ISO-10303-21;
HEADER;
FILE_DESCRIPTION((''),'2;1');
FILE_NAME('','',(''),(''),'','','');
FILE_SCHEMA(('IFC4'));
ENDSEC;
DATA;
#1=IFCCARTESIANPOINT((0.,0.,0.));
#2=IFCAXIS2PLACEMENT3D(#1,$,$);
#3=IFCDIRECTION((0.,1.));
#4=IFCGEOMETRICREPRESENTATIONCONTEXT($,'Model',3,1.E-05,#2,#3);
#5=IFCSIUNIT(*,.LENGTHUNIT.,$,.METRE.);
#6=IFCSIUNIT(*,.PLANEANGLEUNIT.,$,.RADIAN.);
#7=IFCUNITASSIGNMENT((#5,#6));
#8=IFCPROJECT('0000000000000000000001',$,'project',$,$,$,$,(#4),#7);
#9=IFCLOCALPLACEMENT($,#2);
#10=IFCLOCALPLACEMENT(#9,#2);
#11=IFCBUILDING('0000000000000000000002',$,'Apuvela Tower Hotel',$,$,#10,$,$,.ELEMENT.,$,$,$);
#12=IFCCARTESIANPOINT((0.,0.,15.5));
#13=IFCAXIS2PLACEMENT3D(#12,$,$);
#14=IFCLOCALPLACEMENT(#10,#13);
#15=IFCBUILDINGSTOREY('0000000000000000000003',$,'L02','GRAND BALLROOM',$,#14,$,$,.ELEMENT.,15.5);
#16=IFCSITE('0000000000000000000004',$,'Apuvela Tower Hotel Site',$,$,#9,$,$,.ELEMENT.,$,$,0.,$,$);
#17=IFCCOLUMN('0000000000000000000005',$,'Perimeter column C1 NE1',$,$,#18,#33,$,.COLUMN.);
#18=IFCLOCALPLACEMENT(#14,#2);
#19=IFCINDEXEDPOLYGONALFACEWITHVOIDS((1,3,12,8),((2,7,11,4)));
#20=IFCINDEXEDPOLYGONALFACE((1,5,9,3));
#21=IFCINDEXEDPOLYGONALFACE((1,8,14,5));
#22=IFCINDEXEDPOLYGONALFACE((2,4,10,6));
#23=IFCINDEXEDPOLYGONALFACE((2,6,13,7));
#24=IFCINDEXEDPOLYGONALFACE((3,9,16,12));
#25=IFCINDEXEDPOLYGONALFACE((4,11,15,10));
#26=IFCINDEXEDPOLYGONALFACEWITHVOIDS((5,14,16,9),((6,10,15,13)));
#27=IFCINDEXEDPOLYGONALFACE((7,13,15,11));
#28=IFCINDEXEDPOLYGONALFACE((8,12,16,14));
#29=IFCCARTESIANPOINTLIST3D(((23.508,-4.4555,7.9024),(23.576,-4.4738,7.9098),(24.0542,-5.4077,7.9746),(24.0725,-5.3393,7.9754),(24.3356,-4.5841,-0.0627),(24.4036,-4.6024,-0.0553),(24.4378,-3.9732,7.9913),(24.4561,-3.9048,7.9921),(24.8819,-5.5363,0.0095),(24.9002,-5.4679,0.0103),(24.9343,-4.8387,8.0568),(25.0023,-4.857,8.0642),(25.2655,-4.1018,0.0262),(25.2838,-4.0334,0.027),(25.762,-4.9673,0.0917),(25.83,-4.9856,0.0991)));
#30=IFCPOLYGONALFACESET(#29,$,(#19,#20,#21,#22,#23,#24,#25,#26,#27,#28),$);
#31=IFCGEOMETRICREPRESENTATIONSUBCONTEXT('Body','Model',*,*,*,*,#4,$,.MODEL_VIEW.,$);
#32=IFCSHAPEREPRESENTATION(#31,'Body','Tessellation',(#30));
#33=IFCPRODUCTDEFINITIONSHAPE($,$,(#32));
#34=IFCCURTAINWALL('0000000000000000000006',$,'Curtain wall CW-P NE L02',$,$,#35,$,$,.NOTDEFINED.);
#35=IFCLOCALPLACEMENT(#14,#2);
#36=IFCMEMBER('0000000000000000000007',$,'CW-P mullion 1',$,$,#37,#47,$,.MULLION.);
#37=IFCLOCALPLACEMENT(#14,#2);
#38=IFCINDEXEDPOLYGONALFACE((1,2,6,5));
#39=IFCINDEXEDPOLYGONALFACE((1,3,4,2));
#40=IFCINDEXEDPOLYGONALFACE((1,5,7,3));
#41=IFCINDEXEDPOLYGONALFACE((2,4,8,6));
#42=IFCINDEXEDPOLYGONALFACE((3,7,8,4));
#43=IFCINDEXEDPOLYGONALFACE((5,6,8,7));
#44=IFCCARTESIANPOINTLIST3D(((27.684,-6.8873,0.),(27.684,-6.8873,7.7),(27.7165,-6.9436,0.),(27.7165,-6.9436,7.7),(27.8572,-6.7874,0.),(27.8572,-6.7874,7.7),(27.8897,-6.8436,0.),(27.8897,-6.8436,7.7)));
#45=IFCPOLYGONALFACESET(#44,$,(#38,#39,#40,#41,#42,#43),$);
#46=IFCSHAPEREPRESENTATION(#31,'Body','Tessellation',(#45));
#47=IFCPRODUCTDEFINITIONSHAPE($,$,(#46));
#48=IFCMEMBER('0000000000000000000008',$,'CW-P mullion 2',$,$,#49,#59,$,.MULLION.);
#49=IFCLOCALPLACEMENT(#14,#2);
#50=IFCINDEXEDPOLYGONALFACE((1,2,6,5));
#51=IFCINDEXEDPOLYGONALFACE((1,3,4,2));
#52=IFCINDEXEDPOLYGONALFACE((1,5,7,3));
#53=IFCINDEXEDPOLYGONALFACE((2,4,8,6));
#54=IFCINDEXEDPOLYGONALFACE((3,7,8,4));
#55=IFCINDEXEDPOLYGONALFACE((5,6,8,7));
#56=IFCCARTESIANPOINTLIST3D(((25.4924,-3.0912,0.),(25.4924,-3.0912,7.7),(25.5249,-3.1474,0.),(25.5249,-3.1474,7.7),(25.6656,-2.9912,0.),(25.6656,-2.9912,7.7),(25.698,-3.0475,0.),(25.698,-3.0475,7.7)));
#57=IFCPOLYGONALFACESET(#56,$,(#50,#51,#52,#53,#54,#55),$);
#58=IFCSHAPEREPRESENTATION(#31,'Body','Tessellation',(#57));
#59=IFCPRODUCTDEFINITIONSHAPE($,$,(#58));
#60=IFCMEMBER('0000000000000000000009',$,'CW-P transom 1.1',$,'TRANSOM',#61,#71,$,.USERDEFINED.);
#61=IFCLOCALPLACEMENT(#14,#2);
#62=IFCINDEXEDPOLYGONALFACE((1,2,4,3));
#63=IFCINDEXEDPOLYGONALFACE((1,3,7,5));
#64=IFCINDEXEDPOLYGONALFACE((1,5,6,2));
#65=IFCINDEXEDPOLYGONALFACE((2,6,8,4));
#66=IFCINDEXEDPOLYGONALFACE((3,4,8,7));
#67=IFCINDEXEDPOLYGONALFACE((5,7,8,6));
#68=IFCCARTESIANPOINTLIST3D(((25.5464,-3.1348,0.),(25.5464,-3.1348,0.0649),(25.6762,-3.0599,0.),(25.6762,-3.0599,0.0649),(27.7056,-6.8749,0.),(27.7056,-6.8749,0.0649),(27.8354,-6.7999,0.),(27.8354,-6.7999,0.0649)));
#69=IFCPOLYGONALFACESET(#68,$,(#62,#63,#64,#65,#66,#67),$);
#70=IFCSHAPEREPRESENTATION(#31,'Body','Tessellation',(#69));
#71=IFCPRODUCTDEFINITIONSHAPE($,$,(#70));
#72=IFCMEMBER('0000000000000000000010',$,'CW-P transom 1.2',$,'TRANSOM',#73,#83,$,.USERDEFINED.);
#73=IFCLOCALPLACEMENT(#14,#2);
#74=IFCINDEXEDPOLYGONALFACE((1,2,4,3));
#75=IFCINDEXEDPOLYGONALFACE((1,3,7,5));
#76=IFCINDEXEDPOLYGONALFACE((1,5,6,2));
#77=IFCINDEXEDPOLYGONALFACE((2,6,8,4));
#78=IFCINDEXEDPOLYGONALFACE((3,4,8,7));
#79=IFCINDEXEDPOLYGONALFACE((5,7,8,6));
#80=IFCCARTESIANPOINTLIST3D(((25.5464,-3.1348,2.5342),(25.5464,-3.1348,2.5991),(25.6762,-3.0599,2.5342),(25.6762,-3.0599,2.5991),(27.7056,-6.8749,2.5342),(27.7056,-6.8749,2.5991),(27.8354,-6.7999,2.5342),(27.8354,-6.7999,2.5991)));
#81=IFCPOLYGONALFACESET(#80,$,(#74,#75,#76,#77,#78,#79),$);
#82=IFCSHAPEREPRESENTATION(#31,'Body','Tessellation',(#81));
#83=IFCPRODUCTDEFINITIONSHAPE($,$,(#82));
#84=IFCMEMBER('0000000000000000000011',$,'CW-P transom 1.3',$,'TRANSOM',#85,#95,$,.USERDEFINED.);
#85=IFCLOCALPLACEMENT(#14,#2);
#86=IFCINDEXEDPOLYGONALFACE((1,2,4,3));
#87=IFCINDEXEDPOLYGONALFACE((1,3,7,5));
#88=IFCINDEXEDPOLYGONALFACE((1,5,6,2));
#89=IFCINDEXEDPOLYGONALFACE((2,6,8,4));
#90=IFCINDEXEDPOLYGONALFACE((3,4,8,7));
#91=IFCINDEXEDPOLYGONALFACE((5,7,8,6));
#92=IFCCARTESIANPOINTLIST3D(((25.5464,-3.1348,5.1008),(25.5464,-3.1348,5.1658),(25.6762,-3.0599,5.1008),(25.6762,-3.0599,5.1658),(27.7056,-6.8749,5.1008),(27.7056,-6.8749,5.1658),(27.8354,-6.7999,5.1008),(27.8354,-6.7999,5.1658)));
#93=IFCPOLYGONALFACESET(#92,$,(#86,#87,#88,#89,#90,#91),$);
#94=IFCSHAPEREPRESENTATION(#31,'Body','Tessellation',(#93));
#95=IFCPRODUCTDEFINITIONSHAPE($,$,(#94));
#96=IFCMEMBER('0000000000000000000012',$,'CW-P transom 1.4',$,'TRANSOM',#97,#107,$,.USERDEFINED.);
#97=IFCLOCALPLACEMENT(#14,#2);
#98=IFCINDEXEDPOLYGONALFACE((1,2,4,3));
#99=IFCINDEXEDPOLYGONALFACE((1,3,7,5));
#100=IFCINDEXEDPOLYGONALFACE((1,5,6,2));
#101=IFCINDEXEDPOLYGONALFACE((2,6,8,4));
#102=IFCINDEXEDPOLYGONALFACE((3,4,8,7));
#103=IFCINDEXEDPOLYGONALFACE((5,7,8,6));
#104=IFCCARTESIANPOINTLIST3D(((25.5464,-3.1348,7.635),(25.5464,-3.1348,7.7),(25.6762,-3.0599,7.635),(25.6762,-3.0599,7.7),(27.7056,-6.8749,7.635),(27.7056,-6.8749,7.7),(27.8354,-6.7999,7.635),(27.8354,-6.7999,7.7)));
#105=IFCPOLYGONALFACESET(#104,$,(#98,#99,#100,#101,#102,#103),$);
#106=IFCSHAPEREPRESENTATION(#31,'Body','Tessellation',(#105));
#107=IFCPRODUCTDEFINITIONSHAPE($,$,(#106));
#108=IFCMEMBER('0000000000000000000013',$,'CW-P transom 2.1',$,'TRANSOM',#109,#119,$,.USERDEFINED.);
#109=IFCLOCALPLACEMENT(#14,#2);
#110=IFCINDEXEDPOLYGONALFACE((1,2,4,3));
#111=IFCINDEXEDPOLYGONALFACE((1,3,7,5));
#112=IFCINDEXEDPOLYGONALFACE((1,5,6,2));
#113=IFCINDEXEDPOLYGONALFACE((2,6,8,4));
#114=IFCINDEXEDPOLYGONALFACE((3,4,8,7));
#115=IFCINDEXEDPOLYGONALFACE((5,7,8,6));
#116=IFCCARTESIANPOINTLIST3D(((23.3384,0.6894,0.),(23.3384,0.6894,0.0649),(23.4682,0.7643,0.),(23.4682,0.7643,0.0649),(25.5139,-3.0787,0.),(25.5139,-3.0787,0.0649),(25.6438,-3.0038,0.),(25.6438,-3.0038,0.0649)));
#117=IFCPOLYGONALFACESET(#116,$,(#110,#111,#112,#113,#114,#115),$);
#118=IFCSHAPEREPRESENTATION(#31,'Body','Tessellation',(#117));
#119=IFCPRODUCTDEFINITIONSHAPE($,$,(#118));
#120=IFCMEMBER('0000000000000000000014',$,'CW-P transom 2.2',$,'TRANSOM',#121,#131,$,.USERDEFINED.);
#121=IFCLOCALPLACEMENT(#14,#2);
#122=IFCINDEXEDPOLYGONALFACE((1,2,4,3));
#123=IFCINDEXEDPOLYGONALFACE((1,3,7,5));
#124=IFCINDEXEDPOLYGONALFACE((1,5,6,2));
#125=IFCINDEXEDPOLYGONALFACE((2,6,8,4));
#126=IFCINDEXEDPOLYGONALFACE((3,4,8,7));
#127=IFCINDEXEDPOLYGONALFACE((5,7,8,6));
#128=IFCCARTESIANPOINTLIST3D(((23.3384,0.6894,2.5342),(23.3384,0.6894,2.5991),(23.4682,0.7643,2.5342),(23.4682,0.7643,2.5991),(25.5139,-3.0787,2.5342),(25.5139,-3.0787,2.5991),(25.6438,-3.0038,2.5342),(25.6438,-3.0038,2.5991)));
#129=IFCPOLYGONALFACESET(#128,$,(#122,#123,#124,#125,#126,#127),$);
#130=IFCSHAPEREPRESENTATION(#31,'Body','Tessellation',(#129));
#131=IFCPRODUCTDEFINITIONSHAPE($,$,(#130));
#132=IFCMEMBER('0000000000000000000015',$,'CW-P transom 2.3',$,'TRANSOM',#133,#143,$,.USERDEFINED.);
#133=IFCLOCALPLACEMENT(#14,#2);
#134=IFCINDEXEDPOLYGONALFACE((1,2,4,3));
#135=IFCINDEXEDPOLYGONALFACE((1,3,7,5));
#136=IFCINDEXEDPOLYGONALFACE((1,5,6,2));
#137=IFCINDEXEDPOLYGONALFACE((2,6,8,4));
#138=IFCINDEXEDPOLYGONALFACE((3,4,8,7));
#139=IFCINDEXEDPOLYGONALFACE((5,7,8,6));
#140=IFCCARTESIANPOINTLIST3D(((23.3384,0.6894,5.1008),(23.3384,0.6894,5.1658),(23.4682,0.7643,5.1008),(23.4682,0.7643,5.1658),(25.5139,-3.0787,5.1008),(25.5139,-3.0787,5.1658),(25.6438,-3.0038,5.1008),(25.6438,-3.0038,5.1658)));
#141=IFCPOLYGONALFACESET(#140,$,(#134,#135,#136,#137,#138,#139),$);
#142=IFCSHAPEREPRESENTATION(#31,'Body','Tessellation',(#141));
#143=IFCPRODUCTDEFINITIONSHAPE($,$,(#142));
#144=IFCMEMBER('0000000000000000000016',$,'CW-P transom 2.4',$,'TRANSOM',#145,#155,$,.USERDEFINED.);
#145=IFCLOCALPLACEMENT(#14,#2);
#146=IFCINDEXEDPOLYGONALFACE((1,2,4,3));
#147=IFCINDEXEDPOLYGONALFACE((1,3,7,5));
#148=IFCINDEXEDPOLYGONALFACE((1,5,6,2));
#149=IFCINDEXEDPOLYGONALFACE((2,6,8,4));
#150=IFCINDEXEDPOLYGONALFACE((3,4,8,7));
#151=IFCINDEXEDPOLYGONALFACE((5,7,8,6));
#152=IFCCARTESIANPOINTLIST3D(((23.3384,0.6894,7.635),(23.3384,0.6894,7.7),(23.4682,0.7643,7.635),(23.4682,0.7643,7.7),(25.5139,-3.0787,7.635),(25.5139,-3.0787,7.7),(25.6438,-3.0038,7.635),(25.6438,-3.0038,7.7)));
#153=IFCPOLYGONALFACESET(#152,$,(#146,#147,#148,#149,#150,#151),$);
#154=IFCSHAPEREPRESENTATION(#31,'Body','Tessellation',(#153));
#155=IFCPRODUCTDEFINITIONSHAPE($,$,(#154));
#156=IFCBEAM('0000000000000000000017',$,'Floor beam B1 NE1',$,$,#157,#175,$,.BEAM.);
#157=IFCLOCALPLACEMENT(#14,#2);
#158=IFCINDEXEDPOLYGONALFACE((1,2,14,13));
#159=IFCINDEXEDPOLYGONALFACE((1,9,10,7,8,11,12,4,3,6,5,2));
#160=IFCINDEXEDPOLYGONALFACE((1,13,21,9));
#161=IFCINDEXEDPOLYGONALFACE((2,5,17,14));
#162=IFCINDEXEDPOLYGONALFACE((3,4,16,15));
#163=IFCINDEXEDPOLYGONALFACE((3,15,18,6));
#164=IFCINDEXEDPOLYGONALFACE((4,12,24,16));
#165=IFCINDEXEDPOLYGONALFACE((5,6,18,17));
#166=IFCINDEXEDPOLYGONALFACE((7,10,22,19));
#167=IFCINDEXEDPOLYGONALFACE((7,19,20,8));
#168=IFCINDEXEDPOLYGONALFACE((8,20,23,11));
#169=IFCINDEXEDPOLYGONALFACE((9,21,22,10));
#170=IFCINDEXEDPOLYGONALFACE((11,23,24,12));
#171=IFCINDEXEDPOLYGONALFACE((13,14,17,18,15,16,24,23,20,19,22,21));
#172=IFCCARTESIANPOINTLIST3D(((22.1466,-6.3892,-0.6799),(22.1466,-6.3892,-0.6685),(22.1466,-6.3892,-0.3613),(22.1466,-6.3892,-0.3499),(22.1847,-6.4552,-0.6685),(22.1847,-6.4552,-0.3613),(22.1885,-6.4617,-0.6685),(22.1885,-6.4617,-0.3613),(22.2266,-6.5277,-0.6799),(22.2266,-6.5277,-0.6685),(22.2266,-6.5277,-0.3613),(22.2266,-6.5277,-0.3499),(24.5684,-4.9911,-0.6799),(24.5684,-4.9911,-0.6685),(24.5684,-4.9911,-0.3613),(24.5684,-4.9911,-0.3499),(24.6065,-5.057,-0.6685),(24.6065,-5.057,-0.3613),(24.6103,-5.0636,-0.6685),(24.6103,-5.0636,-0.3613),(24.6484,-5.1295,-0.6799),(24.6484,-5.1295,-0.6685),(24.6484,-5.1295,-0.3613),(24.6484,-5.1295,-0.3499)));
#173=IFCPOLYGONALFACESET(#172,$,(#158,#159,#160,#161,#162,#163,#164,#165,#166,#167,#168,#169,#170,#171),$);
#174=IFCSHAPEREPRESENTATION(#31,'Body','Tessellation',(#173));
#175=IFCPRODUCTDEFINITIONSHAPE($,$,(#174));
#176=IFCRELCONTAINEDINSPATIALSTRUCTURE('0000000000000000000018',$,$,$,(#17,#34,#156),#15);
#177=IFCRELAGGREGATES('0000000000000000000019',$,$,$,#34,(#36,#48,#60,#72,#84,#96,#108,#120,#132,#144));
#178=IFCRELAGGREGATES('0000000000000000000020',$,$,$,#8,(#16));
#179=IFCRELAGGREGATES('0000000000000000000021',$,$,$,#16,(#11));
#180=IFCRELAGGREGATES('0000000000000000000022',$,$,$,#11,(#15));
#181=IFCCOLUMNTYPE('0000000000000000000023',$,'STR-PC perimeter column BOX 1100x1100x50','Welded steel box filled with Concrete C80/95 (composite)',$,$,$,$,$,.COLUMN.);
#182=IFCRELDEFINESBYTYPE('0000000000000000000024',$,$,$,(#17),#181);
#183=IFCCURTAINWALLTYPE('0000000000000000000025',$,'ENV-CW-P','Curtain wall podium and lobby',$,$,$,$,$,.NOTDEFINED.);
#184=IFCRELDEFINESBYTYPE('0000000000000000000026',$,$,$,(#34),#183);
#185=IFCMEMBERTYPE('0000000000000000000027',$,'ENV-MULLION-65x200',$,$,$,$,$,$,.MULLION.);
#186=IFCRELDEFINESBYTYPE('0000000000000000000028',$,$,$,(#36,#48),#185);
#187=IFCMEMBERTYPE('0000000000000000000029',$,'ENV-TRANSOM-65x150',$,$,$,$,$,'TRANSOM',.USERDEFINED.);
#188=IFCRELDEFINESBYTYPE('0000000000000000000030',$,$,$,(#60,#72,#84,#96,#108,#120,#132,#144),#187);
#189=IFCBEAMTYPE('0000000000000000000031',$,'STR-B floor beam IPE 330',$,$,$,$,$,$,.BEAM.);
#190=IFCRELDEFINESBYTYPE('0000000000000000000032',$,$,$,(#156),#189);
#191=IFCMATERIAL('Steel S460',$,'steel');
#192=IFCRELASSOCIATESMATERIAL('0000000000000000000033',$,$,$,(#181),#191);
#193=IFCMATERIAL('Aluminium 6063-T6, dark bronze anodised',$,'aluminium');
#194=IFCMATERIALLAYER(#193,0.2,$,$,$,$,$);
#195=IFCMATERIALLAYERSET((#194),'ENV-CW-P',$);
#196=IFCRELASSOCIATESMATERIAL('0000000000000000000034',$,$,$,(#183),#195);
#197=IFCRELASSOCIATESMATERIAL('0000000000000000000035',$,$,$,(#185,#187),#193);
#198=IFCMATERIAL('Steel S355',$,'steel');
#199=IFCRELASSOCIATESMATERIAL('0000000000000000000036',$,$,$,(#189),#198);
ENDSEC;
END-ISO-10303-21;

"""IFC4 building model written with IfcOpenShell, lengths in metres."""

from ifc_helpers import new_model, si_unit, direction, frame, origin, origin_2d, place, context, subcontext, project, spatial, rectangle, hollow_rectangle, i_section, extrude, boolean, halfspace, material, layer, layer_set, material_profile, profile_set, type_object, element, aggregate, save


model = new_model("IFC4")

# Units and contexts
model_context = context("Model", 3, precision=1e-05, world=origin(), true_north=direction((0.0, 1.0)))
body_context = subcontext(model_context, "Body", "Model", "MODEL_VIEW")
ifc_project = project(units=[si_unit("LENGTHUNIT", "METRE"), si_unit("PLANEANGLEUNIT", "RADIAN")], contexts=[model_context])

# Site, building, storey
site_placement = place(None, origin())
site = spatial("IfcSite", under=ifc_project, at=site_placement, Name="Apuvela Tower Hotel Site", CompositionType="ELEMENT", RefElevation=0.0)
building_placement = place(site_placement, origin())
building = spatial("IfcBuilding", under=site, at=building_placement, Name="Apuvela Tower Hotel", CompositionType="ELEMENT")
storey_placement = place(building_placement, frame((0.0, 0.0, 15.5)))
storey = spatial("IfcBuildingStorey", under=building, at=storey_placement, Name="L02", Description="GRAND BALLROOM", CompositionType="ELEMENT", Elevation=15.5)

# Column
ifc_material_1 = material(Name="Steel S460", Category="steel")
ifc_material_profile_1 = material_profile(ifc_material_1, hollow_rectangle(XDim=1.1001, YDim=1.1001, WallThickness=0.05, at=origin_2d()), Name="BOX 1100x1100x50")
ifc_material_2 = material(Name="Concrete C80/95", Category="concrete")
ifc_material_profile_2 = material_profile(ifc_material_2, rectangle(XDim=1.0, YDim=1.0, at=origin_2d()), Name="Concrete C80/95 infill")
ifc_profile_set_1 = profile_set([ifc_material_profile_1, ifc_material_profile_2], Name="Steel S460")
column_type = type_object("IfcColumnType", Name="STR-PC perimeter column BOX 1100x1100x50", Description="Welded steel box filled with Concrete C80/95 (composite)", PredefinedType="COLUMN", material=ifc_profile_set_1)
column_placement = place(storey_placement, frame((25.0847, -4.7852, 0.0), z_axis=(-0.103343, 0.016055, 0.994516), x_axis=(0.496544, -0.865531, 0.06557)))
element("IfcColumn", 1, at=column_placement, inside=storey, type_object=column_type, Name="Perimeter column C1 NE1", PredefinedType="COLUMN", context=body_context, shape_type="SweptSolid", body=[
    boolean("DIFFERENCE", boolean("DIFFERENCE", extrude(hollow_rectangle(XDim=1.1001, YDim=1.1001, WallThickness=0.05, at=origin_2d()), origin(), (0.0, 0.0, 1.0), 8.0442), halfspace(frame((0.0, 0.0, 0.0183), z_axis=(0.0, 0.0, 1.0), x_axis=(1.0, 0.0, 0.0)), True)), halfspace(frame((0.0, 0.0, 8.0273), z_axis=(0.0, 0.0, 1.0), x_axis=(1.0, 0.0, 0.0)), False)),
])

# Curtain wall, members
ifc_material_3 = material(Name="Aluminium 6063-T6, dark bronze anodised", Category="aluminium")
ifc_layer_1 = layer(ifc_material_3, 0.2)
ifc_layer_set_1 = layer_set([ifc_layer_1], Name="ENV-CW-P")
curtain_wall_type = type_object("IfcCurtainWallType", Name="ENV-CW-P", Description="Curtain wall podium and lobby", PredefinedType="NOTDEFINED", material=ifc_layer_set_1)
curtain_wall_placement = place(storey_placement, origin())
curtain_wall = element("IfcCurtainWall", 2, at=curtain_wall_placement, inside=storey, type_object=curtain_wall_type, Name="Curtain wall CW-P NE L02", PredefinedType="NOTDEFINED")
ifc_material_profile_3 = material_profile(ifc_material_3, rectangle(XDim=0.2, YDim=0.0649, at=origin_2d()), Name="AL 65x200")
ifc_profile_set_2 = profile_set([ifc_material_profile_3], Name="Aluminium 6063-T6, dark bronze anodised")
member_type_1 = type_object("IfcMemberType", Name="ENV-MULLION-65x200", PredefinedType="MULLION", material=ifc_profile_set_2)
member_1_placement = place(storey_placement, frame((27.7869, -6.8655, 0.0), z_axis=(0.0, 0.0, 1.0), x_axis=(-0.866025, -0.500001, 0.0)))
member_1 = element("IfcMember", 3, at=member_1_placement, type_object=member_type_1, Name="CW-P mullion 1", PredefinedType="MULLION", context=body_context, shape_type="SweptSolid", body=[
    extrude(rectangle(XDim=0.2, YDim=0.0649, at=origin_2d()), origin(), (0.0, 0.0, 1.0), 7.7),
])
member_2_placement = place(storey_placement, frame((25.5952, -3.0693, 0.0), z_axis=(0.0, 0.0, 1.0), x_axis=(-0.866025, -0.500001, 0.0)))
member_2 = element("IfcMember", 4, at=member_2_placement, type_object=member_type_1, Name="CW-P mullion 2", PredefinedType="MULLION", context=body_context, shape_type="SweptSolid", body=[
    extrude(rectangle(XDim=0.2, YDim=0.0649, at=origin_2d()), origin(), (0.0, 0.0, 1.0), 7.7),
])
ifc_material_profile_4 = material_profile(ifc_material_3, rectangle(XDim=0.1499, YDim=0.0649, at=origin_2d()), Name="AL 65x150 transom")
ifc_profile_set_3 = profile_set([ifc_material_profile_4], Name="Aluminium 6063-T6, dark bronze anodised")
member_type_2 = type_object("IfcMemberType", Name="ENV-TRANSOM-65x150", ElementType="TRANSOM", PredefinedType="USERDEFINED", material=ifc_profile_set_3)
member_3_placement = place(storey_placement, frame((27.7705, -6.8374, 0.0325), z_axis=(-0.499982, 0.866036, 0.0), x_axis=(-0.866036, -0.499982, 0.0)))
member_3 = element("IfcMember", 5, at=member_3_placement, type_object=member_type_2, Name="CW-P transom 1.1", ObjectType="TRANSOM", PredefinedType="USERDEFINED", context=body_context, shape_type="SweptSolid", body=[
    extrude(rectangle(XDim=0.1499, YDim=0.0649, at=origin_2d()), origin(), (0.0, 0.0, 1.0), 4.3186),
])
member_4_placement = place(storey_placement, frame((27.7705, -6.8374, 2.5667), z_axis=(-0.499982, 0.866036, 0.0), x_axis=(-0.866036, -0.499982, 0.0)))
member_4 = element("IfcMember", 6, at=member_4_placement, type_object=member_type_2, Name="CW-P transom 1.2", ObjectType="TRANSOM", PredefinedType="USERDEFINED", context=body_context, shape_type="SweptSolid", body=[
    extrude(rectangle(XDim=0.1499, YDim=0.0649, at=origin_2d()), origin(), (0.0, 0.0, 1.0), 4.3186),
])
member_5_placement = place(storey_placement, frame((27.7705, -6.8374, 5.1333), z_axis=(-0.499982, 0.866036, 0.0), x_axis=(-0.866036, -0.499982, 0.0)))
member_5 = element("IfcMember", 7, at=member_5_placement, type_object=member_type_2, Name="CW-P transom 1.3", ObjectType="TRANSOM", PredefinedType="USERDEFINED", context=body_context, shape_type="SweptSolid", body=[
    extrude(rectangle(XDim=0.1499, YDim=0.0649, at=origin_2d()), origin(), (0.0, 0.0, 1.0), 4.3186),
])
member_6_placement = place(storey_placement, frame((27.7705, -6.8374, 7.6675), z_axis=(-0.499982, 0.866036, 0.0), x_axis=(-0.866036, -0.499982, 0.0)))
member_6 = element("IfcMember", 8, at=member_6_placement, type_object=member_type_2, Name="CW-P transom 1.4", ObjectType="TRANSOM", PredefinedType="USERDEFINED", context=body_context, shape_type="SweptSolid", body=[
    extrude(rectangle(XDim=0.1499, YDim=0.0649, at=origin_2d()), origin(), (0.0, 0.0, 1.0), 4.3186),
])
member_7_placement = place(storey_placement, frame((25.5789, -3.0413, 0.0325), z_axis=(-0.500007, 0.866021, 0.0), x_axis=(-0.866021, -0.500007, 0.0)))
member_7 = element("IfcMember", 9, at=member_7_placement, type_object=member_type_2, Name="CW-P transom 2.1", ObjectType="TRANSOM", PredefinedType="USERDEFINED", context=body_context, shape_type="SweptSolid", body=[
    extrude(rectangle(XDim=0.1499, YDim=0.0649, at=origin_2d()), origin(), (0.0, 0.0, 1.0), 4.3511),
])
member_8_placement = place(storey_placement, frame((25.5789, -3.0413, 2.5667), z_axis=(-0.500007, 0.866021, 0.0), x_axis=(-0.866021, -0.500007, 0.0)))
member_8 = element("IfcMember", 10, at=member_8_placement, type_object=member_type_2, Name="CW-P transom 2.2", ObjectType="TRANSOM", PredefinedType="USERDEFINED", context=body_context, shape_type="SweptSolid", body=[
    extrude(rectangle(XDim=0.1499, YDim=0.0649, at=origin_2d()), origin(), (0.0, 0.0, 1.0), 4.3511),
])
member_9_placement = place(storey_placement, frame((25.5789, -3.0413, 5.1333), z_axis=(-0.500007, 0.866021, 0.0), x_axis=(-0.866021, -0.500007, 0.0)))
member_9 = element("IfcMember", 11, at=member_9_placement, type_object=member_type_2, Name="CW-P transom 2.3", ObjectType="TRANSOM", PredefinedType="USERDEFINED", context=body_context, shape_type="SweptSolid", body=[
    extrude(rectangle(XDim=0.1499, YDim=0.0649, at=origin_2d()), origin(), (0.0, 0.0, 1.0), 4.3511),
])
member_10_placement = place(storey_placement, frame((25.5789, -3.0413, 7.6675), z_axis=(-0.500007, 0.866021, 0.0), x_axis=(-0.866021, -0.500007, 0.0)))
member_10 = element("IfcMember", 12, at=member_10_placement, type_object=member_type_2, Name="CW-P transom 2.4", ObjectType="TRANSOM", PredefinedType="USERDEFINED", context=body_context, shape_type="SweptSolid", body=[
    extrude(rectangle(XDim=0.1499, YDim=0.0649, at=origin_2d()), origin(), (0.0, 0.0, 1.0), 4.3511),
])

# Beam
ifc_material_4 = material(Name="Steel S355", Category="steel")
ifc_material_profile_5 = material_profile(ifc_material_4, i_section(OverallWidth=0.1599, OverallDepth=0.3301, WebThickness=0.0076, FlangeThickness=0.0115, at=origin_2d()), Name="IPE 330")
ifc_profile_set_4 = profile_set([ifc_material_profile_5], Name="Steel S355")
beam_type_1 = type_object("IfcBeamType", Name="STR-B floor beam IPE 330", PredefinedType="BEAM", material=ifc_profile_set_4)
beam_1_placement = place(storey_placement, frame((24.6084, -5.0603, -0.5149), z_axis=(-0.866037, -0.499979, 0.0), x_axis=(0.499979, -0.866037, 0.0)))
element("IfcBeam", 13, at=beam_1_placement, inside=storey, type_object=beam_type_1, Name="Floor beam B1 NE1", PredefinedType="BEAM", context=body_context, shape_type="SweptSolid", body=[
    extrude(i_section(OverallWidth=0.1599, OverallDepth=0.3301, WebThickness=0.0076, FlangeThickness=0.0115, at=origin_2d()), origin(), (0.0, 0.0, 1.0), 2.7964),
])

aggregate(curtain_wall, [member_1, member_2, member_3, member_4, member_5, member_6, member_7, member_8, member_9, member_10])

save(model, "model.ifc")
